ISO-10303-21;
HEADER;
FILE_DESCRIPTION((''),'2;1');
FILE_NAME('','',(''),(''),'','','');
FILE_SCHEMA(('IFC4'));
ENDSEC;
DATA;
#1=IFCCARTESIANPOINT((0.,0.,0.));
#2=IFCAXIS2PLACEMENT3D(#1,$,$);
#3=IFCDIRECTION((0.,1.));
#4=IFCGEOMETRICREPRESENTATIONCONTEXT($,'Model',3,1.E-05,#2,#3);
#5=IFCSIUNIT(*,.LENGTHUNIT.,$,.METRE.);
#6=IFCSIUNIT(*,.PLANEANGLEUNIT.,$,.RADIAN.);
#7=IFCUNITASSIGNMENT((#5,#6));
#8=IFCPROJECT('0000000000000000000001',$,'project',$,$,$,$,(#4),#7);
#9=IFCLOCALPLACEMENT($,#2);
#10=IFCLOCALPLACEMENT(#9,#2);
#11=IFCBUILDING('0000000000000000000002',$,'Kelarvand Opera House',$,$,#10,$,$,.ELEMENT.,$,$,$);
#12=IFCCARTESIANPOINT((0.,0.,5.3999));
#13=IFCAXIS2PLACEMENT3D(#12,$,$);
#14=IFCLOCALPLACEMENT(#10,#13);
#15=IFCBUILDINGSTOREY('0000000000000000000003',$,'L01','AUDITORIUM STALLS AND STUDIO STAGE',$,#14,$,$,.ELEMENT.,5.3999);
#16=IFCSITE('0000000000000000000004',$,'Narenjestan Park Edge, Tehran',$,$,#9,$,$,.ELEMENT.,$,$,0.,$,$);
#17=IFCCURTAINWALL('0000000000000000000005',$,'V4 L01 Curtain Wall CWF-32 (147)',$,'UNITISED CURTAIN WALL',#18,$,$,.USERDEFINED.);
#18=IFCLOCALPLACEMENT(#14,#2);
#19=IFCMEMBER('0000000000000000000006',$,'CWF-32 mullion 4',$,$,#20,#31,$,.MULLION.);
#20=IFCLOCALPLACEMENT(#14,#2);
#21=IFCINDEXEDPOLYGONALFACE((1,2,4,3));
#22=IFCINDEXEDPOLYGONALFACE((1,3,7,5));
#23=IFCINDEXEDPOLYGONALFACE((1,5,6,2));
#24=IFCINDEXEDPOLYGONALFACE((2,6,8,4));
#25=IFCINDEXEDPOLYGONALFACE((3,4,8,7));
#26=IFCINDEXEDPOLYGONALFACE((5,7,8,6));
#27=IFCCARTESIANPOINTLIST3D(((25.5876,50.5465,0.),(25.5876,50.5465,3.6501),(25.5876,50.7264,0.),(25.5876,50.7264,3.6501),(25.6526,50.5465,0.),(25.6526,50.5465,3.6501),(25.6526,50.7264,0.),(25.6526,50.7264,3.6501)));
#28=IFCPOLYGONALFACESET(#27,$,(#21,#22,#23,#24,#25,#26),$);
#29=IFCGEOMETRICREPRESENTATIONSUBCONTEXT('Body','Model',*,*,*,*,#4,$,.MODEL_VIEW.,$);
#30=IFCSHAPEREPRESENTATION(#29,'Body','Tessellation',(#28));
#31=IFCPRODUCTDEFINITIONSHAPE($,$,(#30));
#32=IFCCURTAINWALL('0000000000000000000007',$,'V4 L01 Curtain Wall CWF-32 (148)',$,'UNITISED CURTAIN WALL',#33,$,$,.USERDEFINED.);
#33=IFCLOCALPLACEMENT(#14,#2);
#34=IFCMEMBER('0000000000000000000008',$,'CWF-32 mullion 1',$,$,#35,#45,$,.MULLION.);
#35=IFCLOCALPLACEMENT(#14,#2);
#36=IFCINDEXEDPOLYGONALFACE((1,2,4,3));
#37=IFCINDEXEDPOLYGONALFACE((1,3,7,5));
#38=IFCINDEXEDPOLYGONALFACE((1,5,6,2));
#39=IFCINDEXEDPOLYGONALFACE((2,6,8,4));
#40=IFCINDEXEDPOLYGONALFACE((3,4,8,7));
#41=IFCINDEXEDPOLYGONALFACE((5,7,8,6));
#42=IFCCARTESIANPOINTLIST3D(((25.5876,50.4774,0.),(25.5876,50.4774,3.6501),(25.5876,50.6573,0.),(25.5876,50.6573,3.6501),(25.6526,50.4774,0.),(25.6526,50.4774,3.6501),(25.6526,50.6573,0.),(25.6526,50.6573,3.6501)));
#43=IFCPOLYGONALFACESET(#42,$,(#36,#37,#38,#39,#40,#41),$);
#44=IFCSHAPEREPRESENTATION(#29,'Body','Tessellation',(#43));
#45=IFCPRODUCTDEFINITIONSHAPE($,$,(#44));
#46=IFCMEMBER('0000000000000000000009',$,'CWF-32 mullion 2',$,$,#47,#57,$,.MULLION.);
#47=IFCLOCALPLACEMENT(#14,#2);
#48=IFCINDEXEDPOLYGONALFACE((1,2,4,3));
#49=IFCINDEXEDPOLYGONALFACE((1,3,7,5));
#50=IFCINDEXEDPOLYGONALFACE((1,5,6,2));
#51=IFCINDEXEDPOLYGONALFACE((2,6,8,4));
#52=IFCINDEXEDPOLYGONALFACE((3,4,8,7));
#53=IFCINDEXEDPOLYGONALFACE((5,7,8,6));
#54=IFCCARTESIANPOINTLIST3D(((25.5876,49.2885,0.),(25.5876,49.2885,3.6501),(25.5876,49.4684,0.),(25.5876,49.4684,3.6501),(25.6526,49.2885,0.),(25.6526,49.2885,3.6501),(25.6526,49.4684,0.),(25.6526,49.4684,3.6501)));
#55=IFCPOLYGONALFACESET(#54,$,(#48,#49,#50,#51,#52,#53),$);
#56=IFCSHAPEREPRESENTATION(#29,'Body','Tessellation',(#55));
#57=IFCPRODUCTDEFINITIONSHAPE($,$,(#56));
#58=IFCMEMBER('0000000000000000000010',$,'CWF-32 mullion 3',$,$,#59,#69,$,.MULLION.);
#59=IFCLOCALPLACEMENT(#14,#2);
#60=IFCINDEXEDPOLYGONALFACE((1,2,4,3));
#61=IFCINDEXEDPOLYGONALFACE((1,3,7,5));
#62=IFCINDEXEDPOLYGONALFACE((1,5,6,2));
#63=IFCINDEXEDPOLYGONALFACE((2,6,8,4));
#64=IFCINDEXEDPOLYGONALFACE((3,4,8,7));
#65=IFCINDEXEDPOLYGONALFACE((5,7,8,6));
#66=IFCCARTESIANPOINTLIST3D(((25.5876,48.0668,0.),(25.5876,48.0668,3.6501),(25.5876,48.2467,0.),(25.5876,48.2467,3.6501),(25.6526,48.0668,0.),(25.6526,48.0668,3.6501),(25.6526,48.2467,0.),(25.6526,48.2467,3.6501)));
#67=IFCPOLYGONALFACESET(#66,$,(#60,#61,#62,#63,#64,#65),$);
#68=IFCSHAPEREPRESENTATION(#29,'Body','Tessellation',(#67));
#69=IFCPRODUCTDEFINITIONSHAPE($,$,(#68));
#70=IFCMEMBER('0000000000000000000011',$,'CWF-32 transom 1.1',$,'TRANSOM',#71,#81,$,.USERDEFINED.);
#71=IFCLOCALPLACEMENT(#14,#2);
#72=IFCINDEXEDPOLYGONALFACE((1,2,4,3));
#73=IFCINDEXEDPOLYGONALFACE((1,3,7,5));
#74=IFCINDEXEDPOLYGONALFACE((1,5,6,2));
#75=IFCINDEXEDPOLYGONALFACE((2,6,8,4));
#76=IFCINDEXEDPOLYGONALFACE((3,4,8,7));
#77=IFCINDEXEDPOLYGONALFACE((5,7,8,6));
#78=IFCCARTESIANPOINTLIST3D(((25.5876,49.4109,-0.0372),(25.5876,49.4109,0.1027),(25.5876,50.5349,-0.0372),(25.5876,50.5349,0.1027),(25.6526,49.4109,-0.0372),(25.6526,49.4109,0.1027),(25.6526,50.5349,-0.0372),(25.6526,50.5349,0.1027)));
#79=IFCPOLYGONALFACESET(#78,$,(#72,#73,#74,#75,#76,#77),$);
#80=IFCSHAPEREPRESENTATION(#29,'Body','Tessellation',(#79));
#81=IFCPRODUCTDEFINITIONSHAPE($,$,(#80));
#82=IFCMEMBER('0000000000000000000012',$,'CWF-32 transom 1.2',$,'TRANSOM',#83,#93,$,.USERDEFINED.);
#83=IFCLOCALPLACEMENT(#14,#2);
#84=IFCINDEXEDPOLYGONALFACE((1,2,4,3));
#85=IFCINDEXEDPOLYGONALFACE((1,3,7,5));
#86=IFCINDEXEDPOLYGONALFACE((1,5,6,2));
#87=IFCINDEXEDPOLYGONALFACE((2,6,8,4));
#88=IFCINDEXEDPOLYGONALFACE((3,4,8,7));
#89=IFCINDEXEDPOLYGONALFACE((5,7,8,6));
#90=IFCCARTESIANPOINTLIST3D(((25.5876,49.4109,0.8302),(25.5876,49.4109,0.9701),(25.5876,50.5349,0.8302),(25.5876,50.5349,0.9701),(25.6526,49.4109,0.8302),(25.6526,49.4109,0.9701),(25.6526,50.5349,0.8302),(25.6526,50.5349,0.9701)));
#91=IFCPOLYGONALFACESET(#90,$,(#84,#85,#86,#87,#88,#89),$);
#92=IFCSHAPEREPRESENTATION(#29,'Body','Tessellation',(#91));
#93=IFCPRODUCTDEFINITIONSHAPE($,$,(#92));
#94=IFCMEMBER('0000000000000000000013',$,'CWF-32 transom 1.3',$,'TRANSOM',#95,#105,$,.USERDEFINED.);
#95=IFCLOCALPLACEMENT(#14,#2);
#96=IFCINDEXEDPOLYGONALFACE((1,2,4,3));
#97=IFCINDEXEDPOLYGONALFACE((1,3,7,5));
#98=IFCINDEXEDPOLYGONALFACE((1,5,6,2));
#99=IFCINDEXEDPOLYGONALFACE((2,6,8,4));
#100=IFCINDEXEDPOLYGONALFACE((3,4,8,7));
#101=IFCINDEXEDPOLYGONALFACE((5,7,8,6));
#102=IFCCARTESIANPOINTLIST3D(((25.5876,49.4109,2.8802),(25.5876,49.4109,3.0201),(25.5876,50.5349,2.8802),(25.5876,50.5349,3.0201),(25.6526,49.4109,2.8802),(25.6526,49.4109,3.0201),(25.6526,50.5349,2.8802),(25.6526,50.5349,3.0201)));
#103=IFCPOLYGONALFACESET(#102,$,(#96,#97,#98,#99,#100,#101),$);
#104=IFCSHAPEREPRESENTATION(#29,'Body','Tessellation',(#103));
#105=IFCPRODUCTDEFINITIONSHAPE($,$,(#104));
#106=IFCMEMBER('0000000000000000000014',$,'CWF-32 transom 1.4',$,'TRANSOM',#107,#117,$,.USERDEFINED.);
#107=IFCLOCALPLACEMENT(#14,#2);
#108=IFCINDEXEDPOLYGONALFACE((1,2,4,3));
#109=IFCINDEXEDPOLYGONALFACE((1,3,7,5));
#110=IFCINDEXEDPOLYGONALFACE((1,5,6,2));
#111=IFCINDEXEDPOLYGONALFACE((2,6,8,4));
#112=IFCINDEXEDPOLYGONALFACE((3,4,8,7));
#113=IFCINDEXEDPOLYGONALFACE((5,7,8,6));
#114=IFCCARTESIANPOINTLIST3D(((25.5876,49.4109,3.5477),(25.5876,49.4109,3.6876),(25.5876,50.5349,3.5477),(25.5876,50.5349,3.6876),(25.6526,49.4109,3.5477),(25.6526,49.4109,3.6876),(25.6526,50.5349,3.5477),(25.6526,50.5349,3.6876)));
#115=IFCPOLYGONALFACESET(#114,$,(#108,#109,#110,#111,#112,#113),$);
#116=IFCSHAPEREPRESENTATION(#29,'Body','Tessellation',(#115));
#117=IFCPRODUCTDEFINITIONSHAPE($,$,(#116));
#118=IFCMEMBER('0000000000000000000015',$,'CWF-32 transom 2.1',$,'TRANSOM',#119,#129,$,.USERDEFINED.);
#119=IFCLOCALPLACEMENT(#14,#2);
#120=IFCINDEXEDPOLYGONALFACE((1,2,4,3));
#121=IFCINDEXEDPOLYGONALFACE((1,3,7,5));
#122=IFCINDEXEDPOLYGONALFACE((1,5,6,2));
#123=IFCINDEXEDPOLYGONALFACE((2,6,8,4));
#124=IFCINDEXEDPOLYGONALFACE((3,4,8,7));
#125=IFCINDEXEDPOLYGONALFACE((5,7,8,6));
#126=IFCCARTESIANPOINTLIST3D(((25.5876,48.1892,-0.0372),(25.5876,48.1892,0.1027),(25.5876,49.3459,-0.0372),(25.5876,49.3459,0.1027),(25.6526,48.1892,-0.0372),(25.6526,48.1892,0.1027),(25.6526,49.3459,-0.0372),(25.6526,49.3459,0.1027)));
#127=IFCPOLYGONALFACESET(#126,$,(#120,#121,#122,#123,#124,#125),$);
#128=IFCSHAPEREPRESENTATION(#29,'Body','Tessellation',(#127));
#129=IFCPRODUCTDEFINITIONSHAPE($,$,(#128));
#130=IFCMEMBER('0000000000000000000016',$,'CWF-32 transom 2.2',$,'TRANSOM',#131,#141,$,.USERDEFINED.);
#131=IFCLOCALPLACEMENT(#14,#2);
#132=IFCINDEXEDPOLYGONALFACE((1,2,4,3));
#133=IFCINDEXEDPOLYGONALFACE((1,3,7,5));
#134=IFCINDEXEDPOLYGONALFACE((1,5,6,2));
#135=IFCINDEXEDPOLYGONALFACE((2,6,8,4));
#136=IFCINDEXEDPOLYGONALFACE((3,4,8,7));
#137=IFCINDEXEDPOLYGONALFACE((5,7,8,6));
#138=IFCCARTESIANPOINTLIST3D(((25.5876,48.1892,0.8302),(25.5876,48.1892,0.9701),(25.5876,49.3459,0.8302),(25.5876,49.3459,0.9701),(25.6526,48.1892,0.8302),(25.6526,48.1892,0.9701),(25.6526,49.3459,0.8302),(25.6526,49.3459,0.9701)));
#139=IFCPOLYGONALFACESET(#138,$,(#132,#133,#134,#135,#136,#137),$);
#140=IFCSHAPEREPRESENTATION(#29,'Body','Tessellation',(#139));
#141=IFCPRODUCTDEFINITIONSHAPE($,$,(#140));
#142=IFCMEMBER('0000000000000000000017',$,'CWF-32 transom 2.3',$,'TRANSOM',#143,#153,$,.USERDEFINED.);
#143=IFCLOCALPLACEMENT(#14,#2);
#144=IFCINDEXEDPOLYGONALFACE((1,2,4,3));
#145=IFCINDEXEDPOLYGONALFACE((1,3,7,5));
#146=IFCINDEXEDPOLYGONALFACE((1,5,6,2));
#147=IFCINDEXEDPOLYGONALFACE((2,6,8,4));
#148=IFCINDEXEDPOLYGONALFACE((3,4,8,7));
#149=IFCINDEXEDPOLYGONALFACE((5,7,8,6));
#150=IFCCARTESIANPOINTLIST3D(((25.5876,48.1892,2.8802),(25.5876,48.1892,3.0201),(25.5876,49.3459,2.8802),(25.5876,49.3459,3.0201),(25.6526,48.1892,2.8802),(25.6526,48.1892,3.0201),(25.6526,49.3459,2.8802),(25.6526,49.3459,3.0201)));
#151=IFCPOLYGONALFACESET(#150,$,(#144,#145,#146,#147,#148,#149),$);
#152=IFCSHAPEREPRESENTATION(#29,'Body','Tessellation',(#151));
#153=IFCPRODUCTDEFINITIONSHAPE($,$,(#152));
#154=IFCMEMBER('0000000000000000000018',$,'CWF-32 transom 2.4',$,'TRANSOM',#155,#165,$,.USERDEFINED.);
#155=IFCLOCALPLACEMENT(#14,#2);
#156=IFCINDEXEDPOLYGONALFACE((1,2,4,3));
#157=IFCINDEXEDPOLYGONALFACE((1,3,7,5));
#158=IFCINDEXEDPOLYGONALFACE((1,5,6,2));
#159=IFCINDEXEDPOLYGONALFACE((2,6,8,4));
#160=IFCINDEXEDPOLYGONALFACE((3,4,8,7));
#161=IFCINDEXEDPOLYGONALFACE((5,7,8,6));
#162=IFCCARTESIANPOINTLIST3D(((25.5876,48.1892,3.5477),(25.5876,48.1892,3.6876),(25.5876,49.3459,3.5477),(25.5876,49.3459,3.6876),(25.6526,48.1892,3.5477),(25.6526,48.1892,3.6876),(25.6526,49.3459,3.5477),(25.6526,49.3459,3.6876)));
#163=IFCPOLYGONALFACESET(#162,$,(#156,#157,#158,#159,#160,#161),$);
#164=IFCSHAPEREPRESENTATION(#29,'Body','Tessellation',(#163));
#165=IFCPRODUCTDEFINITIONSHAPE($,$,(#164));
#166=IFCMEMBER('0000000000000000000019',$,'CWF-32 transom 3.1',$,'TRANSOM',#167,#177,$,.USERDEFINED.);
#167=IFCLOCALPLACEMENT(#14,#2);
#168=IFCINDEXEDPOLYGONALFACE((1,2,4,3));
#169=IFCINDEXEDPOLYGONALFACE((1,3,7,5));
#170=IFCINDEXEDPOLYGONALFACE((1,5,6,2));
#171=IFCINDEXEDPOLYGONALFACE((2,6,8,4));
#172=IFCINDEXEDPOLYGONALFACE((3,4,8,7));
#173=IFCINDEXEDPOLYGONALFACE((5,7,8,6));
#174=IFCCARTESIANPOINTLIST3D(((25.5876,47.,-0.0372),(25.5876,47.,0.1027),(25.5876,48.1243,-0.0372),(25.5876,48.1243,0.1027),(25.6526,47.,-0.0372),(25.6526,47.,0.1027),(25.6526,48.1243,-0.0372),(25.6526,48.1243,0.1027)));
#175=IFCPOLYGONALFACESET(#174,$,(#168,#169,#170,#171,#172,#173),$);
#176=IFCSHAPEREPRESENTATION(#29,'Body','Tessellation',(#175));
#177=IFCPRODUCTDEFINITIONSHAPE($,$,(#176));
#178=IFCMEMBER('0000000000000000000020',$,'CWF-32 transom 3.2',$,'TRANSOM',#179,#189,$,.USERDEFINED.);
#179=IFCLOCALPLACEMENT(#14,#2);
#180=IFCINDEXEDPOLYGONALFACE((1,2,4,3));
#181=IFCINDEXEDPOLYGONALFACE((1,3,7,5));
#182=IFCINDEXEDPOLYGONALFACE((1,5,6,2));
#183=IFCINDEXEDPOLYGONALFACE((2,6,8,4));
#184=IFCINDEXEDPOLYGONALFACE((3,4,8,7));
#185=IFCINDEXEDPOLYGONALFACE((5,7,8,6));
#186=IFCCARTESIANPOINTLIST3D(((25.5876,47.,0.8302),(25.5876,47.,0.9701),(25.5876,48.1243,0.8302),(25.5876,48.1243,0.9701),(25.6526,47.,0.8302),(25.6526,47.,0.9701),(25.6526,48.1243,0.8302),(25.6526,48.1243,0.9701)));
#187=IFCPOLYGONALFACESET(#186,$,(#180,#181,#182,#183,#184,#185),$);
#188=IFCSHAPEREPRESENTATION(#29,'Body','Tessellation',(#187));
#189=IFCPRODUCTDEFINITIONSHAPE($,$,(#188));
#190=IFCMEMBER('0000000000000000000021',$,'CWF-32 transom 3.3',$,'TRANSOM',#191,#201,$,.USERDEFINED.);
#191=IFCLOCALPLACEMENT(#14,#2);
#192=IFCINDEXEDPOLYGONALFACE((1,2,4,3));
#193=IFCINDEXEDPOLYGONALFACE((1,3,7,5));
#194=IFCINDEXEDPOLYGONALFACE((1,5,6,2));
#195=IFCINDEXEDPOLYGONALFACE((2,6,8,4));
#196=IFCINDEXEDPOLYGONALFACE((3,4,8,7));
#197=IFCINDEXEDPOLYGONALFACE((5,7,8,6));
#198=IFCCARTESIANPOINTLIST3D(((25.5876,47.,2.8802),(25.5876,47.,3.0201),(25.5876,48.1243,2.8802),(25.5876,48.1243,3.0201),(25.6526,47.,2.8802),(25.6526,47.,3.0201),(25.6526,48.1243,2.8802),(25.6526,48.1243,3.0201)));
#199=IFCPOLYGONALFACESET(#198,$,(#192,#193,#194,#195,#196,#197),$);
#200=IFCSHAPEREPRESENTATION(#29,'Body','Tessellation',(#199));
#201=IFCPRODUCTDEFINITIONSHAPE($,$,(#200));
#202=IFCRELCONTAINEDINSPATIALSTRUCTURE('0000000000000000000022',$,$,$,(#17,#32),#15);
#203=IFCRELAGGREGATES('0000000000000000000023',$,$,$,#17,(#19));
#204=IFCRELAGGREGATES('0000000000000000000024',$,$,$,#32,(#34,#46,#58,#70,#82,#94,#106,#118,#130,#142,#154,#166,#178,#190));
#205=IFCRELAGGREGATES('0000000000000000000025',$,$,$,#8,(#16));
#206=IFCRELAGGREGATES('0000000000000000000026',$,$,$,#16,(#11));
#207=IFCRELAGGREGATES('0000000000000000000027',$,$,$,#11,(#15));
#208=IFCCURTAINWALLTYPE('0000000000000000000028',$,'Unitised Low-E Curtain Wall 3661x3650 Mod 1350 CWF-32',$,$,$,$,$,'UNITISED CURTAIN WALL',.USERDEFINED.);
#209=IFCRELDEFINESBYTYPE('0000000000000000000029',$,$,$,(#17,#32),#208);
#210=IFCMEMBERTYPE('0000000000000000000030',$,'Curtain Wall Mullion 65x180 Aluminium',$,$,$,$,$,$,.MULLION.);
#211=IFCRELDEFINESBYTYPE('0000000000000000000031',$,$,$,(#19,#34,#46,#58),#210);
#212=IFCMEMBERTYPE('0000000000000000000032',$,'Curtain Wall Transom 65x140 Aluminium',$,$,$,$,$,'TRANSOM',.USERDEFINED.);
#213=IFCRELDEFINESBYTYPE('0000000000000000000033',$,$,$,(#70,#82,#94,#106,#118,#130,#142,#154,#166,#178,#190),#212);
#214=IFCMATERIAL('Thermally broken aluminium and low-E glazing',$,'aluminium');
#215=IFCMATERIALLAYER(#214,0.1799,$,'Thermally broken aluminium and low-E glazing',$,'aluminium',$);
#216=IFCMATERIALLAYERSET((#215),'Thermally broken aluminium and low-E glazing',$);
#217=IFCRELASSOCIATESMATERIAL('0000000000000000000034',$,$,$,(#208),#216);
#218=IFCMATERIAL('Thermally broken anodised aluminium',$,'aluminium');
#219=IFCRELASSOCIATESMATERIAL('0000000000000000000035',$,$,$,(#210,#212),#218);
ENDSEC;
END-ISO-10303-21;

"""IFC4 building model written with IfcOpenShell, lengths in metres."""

from ifc_helpers import new_model, si_unit, direction, frame, origin, origin_2d, place, context, subcontext, project, spatial, rectangle, extrude, material, layer, layer_set, material_profile, profile_set, type_object, element, aggregate, save


model = new_model("IFC4")

# Units and contexts
model_context = context("Model", 3, precision=1e-05, world=origin(), true_north=direction((0.0, 1.0)))
body_context = subcontext(model_context, "Body", "Model", "MODEL_VIEW")
ifc_project = project(units=[si_unit("LENGTHUNIT", "METRE"), si_unit("PLANEANGLEUNIT", "RADIAN")], contexts=[model_context])

# Site, building, storey
site_placement = place(None, origin())
site = spatial("IfcSite", under=ifc_project, at=site_placement, Name="Narenjestan Park Edge, Tehran", CompositionType="ELEMENT", RefElevation=0.0)
building_placement = place(site_placement, origin())
building = spatial("IfcBuilding", under=site, at=building_placement, Name="Kelarvand Opera House", CompositionType="ELEMENT")
storey_placement = place(building_placement, frame((0.0, 0.0, 5.3999)))
storey = spatial("IfcBuildingStorey", under=building, at=storey_placement, Name="L01", Description="AUDITORIUM STALLS AND STUDIO STAGE", CompositionType="ELEMENT", Elevation=5.3999)

# Curtain wall, member
ifc_material_1 = material(Name="Thermally broken aluminium and low-E glazing", Category="aluminium")
ifc_layer_1 = layer(ifc_material_1, 0.1799, Name="Thermally broken aluminium and low-E glazing", Category="aluminium")
ifc_layer_set_1 = layer_set([ifc_layer_1], Name="Thermally broken aluminium and low-E glazing")
curtain_wall_type = type_object("IfcCurtainWallType", Name="Unitised Low-E Curtain Wall 3661x3650 Mod 1350 CWF-32", ElementType="UNITISED CURTAIN WALL", PredefinedType="USERDEFINED", material=ifc_layer_set_1)
curtain_wall_1_placement = place(storey_placement, origin())
curtain_wall_1 = element("IfcCurtainWall", 1, at=curtain_wall_1_placement, inside=storey, type_object=curtain_wall_type, Name="V4 L01 Curtain Wall CWF-32 (147)", ObjectType="UNITISED CURTAIN WALL", PredefinedType="USERDEFINED")
ifc_material_2 = material(Name="Thermally broken anodised aluminium", Category="aluminium")
ifc_material_profile_1 = material_profile(ifc_material_2, rectangle(XDim=0.0649, YDim=0.1799, at=origin_2d()), Name="ALU MULLION 65x180", Category="aluminium")
ifc_profile_set_1 = profile_set([ifc_material_profile_1], Name="Thermally broken anodised aluminium")
member_type_1 = type_object("IfcMemberType", Name="Curtain Wall Mullion 65x180 Aluminium", PredefinedType="MULLION", material=ifc_profile_set_1)
member_1_placement = place(storey_placement, frame((25.6201, 50.6365, 0.0), z_axis=(0.0, 0.0, 1.0), x_axis=(1.0, 0.0, 0.0)))
member_1 = element("IfcMember", 2, at=member_1_placement, type_object=member_type_1, Name="CWF-32 mullion 4", PredefinedType="MULLION", context=body_context, shape_type="SweptSolid", body=[
    extrude(rectangle(XDim=0.0649, YDim=0.1799, at=origin_2d()), origin(), (0.0, 0.0, 1.0), 3.6501),
])

# Curtain wall, members
curtain_wall_2_placement = place(storey_placement, origin())
curtain_wall_2 = element("IfcCurtainWall", 3, at=curtain_wall_2_placement, inside=storey, type_object=curtain_wall_type, Name="V4 L01 Curtain Wall CWF-32 (148)", ObjectType="UNITISED CURTAIN WALL", PredefinedType="USERDEFINED")
member_2_placement = place(storey_placement, frame((25.6201, 50.5674, 0.0), z_axis=(0.0, 0.0, 1.0), x_axis=(1.0, 0.0, 0.0)))
member_2 = element("IfcMember", 4, at=member_2_placement, type_object=member_type_1, Name="CWF-32 mullion 1", PredefinedType="MULLION", context=body_context, shape_type="SweptSolid", body=[
    extrude(rectangle(XDim=0.0649, YDim=0.1799, at=origin_2d()), origin(), (0.0, 0.0, 1.0), 3.6501),
])
member_3_placement = place(storey_placement, frame((25.6201, 49.3784, 0.0), z_axis=(0.0, 0.0, 1.0), x_axis=(1.0, 0.0, 0.0)))
member_3 = element("IfcMember", 5, at=member_3_placement, type_object=member_type_1, Name="CWF-32 mullion 2", PredefinedType="MULLION", context=body_context, shape_type="SweptSolid", body=[
    extrude(rectangle(XDim=0.0649, YDim=0.1799, at=origin_2d()), origin(), (0.0, 0.0, 1.0), 3.6501),
])
member_4_placement = place(storey_placement, frame((25.6201, 48.1567, 0.0), z_axis=(0.0, 0.0, 1.0), x_axis=(1.0, 0.0, 0.0)))
member_4 = element("IfcMember", 6, at=member_4_placement, type_object=member_type_1, Name="CWF-32 mullion 3", PredefinedType="MULLION", context=body_context, shape_type="SweptSolid", body=[
    extrude(rectangle(XDim=0.0649, YDim=0.1799, at=origin_2d()), origin(), (0.0, 0.0, 1.0), 3.6501),
])
ifc_material_profile_2 = material_profile(ifc_material_2, rectangle(XDim=0.0649, YDim=0.1399, at=origin_2d()), Name="ALU TRANSOM 65x140", Category="aluminium")
ifc_profile_set_2 = profile_set([ifc_material_profile_2], Name="Thermally broken anodised aluminium")
member_type_2 = type_object("IfcMemberType", Name="Curtain Wall Transom 65x140 Aluminium", ElementType="TRANSOM", PredefinedType="USERDEFINED", material=ifc_profile_set_2)
member_5_placement = place(storey_placement, frame((25.6201, 50.5349, 0.0327), z_axis=(0.0, -1.0, 0.0), x_axis=(1.0, 0.0, 0.0)))
member_5 = element("IfcMember", 7, at=member_5_placement, type_object=member_type_2, Name="CWF-32 transom 1.1", ObjectType="TRANSOM", PredefinedType="USERDEFINED", context=body_context, shape_type="SweptSolid", body=[
    extrude(rectangle(XDim=0.0649, YDim=0.1399, at=origin_2d()), origin(), (0.0, 0.0, 1.0), 1.124),
])
member_6_placement = place(storey_placement, frame((25.6201, 50.5349, 0.9001), z_axis=(0.0, -1.0, 0.0), x_axis=(1.0, 0.0, 0.0)))
member_6 = element("IfcMember", 8, at=member_6_placement, type_object=member_type_2, Name="CWF-32 transom 1.2", ObjectType="TRANSOM", PredefinedType="USERDEFINED", context=body_context, shape_type="SweptSolid", body=[
    extrude(rectangle(XDim=0.0649, YDim=0.1399, at=origin_2d()), origin(), (0.0, 0.0, 1.0), 1.124),
])
member_7_placement = place(storey_placement, frame((25.6201, 50.5349, 2.9502), z_axis=(0.0, -1.0, 0.0), x_axis=(1.0, 0.0, 0.0)))
member_7 = element("IfcMember", 9, at=member_7_placement, type_object=member_type_2, Name="CWF-32 transom 1.3", ObjectType="TRANSOM", PredefinedType="USERDEFINED", context=body_context, shape_type="SweptSolid", body=[
    extrude(rectangle(XDim=0.0649, YDim=0.1399, at=origin_2d()), origin(), (0.0, 0.0, 1.0), 1.124),
])
member_8_placement = place(storey_placement, frame((25.6201, 50.5349, 3.6177), z_axis=(0.0, -1.0, 0.0), x_axis=(1.0, 0.0, 0.0)))
member_8 = element("IfcMember", 10, at=member_8_placement, type_object=member_type_2, Name="CWF-32 transom 1.4", ObjectType="TRANSOM", PredefinedType="USERDEFINED", context=body_context, shape_type="SweptSolid", body=[
    extrude(rectangle(XDim=0.0649, YDim=0.1399, at=origin_2d()), origin(), (0.0, 0.0, 1.0), 1.124),
])
member_9_placement = place(storey_placement, frame((25.6201, 49.3459, 0.0327), z_axis=(0.0, -1.0, 0.0), x_axis=(1.0, 0.0, 0.0)))
member_9 = element("IfcMember", 11, at=member_9_placement, type_object=member_type_2, Name="CWF-32 transom 2.1", ObjectType="TRANSOM", PredefinedType="USERDEFINED", context=body_context, shape_type="SweptSolid", body=[
    extrude(rectangle(XDim=0.0649, YDim=0.1399, at=origin_2d()), origin(), (0.0, 0.0, 1.0), 1.1567),
])
member_10_placement = place(storey_placement, frame((25.6201, 49.3459, 0.9001), z_axis=(0.0, -1.0, 0.0), x_axis=(1.0, 0.0, 0.0)))
member_10 = element("IfcMember", 12, at=member_10_placement, type_object=member_type_2, Name="CWF-32 transom 2.2", ObjectType="TRANSOM", PredefinedType="USERDEFINED", context=body_context, shape_type="SweptSolid", body=[
    extrude(rectangle(XDim=0.0649, YDim=0.1399, at=origin_2d()), origin(), (0.0, 0.0, 1.0), 1.1567),
])
member_11_placement = place(storey_placement, frame((25.6201, 49.3459, 2.9502), z_axis=(0.0, -1.0, 0.0), x_axis=(1.0, 0.0, 0.0)))
member_11 = element("IfcMember", 13, at=member_11_placement, type_object=member_type_2, Name="CWF-32 transom 2.3", ObjectType="TRANSOM", PredefinedType="USERDEFINED", context=body_context, shape_type="SweptSolid", body=[
    extrude(rectangle(XDim=0.0649, YDim=0.1399, at=origin_2d()), origin(), (0.0, 0.0, 1.0), 1.1567),
])
member_12_placement = place(storey_placement, frame((25.6201, 49.3459, 3.6177), z_axis=(0.0, -1.0, 0.0), x_axis=(1.0, 0.0, 0.0)))
member_12 = element("IfcMember", 14, at=member_12_placement, type_object=member_type_2, Name="CWF-32 transom 2.4", ObjectType="TRANSOM", PredefinedType="USERDEFINED", context=body_context, shape_type="SweptSolid", body=[
    extrude(rectangle(XDim=0.0649, YDim=0.1399, at=origin_2d()), origin(), (0.0, 0.0, 1.0), 1.1567),
])
member_13_placement = place(storey_placement, frame((25.6201, 48.1243, 0.0327), z_axis=(0.0, -1.0, 0.0), x_axis=(1.0, 0.0, 0.0)))
member_13 = element("IfcMember", 15, at=member_13_placement, type_object=member_type_2, Name="CWF-32 transom 3.1", ObjectType="TRANSOM", PredefinedType="USERDEFINED", context=body_context, shape_type="SweptSolid", body=[
    extrude(rectangle(XDim=0.0649, YDim=0.1399, at=origin_2d()), origin(), (0.0, 0.0, 1.0), 1.1243),
])
member_14_placement = place(storey_placement, frame((25.6201, 48.1243, 0.9001), z_axis=(0.0, -1.0, 0.0), x_axis=(1.0, 0.0, 0.0)))
member_14 = element("IfcMember", 16, at=member_14_placement, type_object=member_type_2, Name="CWF-32 transom 3.2", ObjectType="TRANSOM", PredefinedType="USERDEFINED", context=body_context, shape_type="SweptSolid", body=[
    extrude(rectangle(XDim=0.0649, YDim=0.1399, at=origin_2d()), origin(), (0.0, 0.0, 1.0), 1.1243),
])
member_15_placement = place(storey_placement, frame((25.6201, 48.1243, 2.9502), z_axis=(0.0, -1.0, 0.0), x_axis=(1.0, 0.0, 0.0)))
member_15 = element("IfcMember", 17, at=member_15_placement, type_object=member_type_2, Name="CWF-32 transom 3.3", ObjectType="TRANSOM", PredefinedType="USERDEFINED", context=body_context, shape_type="SweptSolid", body=[
    extrude(rectangle(XDim=0.0649, YDim=0.1399, at=origin_2d()), origin(), (0.0, 0.0, 1.0), 1.1243),
])

aggregate(curtain_wall_1, [member_1])
aggregate(curtain_wall_2, [member_2, member_3, member_4, member_5, member_6, member_7, member_8, member_9, member_10, member_11, member_12, member_13, member_14, member_15])

save(model, "model.ifc")
